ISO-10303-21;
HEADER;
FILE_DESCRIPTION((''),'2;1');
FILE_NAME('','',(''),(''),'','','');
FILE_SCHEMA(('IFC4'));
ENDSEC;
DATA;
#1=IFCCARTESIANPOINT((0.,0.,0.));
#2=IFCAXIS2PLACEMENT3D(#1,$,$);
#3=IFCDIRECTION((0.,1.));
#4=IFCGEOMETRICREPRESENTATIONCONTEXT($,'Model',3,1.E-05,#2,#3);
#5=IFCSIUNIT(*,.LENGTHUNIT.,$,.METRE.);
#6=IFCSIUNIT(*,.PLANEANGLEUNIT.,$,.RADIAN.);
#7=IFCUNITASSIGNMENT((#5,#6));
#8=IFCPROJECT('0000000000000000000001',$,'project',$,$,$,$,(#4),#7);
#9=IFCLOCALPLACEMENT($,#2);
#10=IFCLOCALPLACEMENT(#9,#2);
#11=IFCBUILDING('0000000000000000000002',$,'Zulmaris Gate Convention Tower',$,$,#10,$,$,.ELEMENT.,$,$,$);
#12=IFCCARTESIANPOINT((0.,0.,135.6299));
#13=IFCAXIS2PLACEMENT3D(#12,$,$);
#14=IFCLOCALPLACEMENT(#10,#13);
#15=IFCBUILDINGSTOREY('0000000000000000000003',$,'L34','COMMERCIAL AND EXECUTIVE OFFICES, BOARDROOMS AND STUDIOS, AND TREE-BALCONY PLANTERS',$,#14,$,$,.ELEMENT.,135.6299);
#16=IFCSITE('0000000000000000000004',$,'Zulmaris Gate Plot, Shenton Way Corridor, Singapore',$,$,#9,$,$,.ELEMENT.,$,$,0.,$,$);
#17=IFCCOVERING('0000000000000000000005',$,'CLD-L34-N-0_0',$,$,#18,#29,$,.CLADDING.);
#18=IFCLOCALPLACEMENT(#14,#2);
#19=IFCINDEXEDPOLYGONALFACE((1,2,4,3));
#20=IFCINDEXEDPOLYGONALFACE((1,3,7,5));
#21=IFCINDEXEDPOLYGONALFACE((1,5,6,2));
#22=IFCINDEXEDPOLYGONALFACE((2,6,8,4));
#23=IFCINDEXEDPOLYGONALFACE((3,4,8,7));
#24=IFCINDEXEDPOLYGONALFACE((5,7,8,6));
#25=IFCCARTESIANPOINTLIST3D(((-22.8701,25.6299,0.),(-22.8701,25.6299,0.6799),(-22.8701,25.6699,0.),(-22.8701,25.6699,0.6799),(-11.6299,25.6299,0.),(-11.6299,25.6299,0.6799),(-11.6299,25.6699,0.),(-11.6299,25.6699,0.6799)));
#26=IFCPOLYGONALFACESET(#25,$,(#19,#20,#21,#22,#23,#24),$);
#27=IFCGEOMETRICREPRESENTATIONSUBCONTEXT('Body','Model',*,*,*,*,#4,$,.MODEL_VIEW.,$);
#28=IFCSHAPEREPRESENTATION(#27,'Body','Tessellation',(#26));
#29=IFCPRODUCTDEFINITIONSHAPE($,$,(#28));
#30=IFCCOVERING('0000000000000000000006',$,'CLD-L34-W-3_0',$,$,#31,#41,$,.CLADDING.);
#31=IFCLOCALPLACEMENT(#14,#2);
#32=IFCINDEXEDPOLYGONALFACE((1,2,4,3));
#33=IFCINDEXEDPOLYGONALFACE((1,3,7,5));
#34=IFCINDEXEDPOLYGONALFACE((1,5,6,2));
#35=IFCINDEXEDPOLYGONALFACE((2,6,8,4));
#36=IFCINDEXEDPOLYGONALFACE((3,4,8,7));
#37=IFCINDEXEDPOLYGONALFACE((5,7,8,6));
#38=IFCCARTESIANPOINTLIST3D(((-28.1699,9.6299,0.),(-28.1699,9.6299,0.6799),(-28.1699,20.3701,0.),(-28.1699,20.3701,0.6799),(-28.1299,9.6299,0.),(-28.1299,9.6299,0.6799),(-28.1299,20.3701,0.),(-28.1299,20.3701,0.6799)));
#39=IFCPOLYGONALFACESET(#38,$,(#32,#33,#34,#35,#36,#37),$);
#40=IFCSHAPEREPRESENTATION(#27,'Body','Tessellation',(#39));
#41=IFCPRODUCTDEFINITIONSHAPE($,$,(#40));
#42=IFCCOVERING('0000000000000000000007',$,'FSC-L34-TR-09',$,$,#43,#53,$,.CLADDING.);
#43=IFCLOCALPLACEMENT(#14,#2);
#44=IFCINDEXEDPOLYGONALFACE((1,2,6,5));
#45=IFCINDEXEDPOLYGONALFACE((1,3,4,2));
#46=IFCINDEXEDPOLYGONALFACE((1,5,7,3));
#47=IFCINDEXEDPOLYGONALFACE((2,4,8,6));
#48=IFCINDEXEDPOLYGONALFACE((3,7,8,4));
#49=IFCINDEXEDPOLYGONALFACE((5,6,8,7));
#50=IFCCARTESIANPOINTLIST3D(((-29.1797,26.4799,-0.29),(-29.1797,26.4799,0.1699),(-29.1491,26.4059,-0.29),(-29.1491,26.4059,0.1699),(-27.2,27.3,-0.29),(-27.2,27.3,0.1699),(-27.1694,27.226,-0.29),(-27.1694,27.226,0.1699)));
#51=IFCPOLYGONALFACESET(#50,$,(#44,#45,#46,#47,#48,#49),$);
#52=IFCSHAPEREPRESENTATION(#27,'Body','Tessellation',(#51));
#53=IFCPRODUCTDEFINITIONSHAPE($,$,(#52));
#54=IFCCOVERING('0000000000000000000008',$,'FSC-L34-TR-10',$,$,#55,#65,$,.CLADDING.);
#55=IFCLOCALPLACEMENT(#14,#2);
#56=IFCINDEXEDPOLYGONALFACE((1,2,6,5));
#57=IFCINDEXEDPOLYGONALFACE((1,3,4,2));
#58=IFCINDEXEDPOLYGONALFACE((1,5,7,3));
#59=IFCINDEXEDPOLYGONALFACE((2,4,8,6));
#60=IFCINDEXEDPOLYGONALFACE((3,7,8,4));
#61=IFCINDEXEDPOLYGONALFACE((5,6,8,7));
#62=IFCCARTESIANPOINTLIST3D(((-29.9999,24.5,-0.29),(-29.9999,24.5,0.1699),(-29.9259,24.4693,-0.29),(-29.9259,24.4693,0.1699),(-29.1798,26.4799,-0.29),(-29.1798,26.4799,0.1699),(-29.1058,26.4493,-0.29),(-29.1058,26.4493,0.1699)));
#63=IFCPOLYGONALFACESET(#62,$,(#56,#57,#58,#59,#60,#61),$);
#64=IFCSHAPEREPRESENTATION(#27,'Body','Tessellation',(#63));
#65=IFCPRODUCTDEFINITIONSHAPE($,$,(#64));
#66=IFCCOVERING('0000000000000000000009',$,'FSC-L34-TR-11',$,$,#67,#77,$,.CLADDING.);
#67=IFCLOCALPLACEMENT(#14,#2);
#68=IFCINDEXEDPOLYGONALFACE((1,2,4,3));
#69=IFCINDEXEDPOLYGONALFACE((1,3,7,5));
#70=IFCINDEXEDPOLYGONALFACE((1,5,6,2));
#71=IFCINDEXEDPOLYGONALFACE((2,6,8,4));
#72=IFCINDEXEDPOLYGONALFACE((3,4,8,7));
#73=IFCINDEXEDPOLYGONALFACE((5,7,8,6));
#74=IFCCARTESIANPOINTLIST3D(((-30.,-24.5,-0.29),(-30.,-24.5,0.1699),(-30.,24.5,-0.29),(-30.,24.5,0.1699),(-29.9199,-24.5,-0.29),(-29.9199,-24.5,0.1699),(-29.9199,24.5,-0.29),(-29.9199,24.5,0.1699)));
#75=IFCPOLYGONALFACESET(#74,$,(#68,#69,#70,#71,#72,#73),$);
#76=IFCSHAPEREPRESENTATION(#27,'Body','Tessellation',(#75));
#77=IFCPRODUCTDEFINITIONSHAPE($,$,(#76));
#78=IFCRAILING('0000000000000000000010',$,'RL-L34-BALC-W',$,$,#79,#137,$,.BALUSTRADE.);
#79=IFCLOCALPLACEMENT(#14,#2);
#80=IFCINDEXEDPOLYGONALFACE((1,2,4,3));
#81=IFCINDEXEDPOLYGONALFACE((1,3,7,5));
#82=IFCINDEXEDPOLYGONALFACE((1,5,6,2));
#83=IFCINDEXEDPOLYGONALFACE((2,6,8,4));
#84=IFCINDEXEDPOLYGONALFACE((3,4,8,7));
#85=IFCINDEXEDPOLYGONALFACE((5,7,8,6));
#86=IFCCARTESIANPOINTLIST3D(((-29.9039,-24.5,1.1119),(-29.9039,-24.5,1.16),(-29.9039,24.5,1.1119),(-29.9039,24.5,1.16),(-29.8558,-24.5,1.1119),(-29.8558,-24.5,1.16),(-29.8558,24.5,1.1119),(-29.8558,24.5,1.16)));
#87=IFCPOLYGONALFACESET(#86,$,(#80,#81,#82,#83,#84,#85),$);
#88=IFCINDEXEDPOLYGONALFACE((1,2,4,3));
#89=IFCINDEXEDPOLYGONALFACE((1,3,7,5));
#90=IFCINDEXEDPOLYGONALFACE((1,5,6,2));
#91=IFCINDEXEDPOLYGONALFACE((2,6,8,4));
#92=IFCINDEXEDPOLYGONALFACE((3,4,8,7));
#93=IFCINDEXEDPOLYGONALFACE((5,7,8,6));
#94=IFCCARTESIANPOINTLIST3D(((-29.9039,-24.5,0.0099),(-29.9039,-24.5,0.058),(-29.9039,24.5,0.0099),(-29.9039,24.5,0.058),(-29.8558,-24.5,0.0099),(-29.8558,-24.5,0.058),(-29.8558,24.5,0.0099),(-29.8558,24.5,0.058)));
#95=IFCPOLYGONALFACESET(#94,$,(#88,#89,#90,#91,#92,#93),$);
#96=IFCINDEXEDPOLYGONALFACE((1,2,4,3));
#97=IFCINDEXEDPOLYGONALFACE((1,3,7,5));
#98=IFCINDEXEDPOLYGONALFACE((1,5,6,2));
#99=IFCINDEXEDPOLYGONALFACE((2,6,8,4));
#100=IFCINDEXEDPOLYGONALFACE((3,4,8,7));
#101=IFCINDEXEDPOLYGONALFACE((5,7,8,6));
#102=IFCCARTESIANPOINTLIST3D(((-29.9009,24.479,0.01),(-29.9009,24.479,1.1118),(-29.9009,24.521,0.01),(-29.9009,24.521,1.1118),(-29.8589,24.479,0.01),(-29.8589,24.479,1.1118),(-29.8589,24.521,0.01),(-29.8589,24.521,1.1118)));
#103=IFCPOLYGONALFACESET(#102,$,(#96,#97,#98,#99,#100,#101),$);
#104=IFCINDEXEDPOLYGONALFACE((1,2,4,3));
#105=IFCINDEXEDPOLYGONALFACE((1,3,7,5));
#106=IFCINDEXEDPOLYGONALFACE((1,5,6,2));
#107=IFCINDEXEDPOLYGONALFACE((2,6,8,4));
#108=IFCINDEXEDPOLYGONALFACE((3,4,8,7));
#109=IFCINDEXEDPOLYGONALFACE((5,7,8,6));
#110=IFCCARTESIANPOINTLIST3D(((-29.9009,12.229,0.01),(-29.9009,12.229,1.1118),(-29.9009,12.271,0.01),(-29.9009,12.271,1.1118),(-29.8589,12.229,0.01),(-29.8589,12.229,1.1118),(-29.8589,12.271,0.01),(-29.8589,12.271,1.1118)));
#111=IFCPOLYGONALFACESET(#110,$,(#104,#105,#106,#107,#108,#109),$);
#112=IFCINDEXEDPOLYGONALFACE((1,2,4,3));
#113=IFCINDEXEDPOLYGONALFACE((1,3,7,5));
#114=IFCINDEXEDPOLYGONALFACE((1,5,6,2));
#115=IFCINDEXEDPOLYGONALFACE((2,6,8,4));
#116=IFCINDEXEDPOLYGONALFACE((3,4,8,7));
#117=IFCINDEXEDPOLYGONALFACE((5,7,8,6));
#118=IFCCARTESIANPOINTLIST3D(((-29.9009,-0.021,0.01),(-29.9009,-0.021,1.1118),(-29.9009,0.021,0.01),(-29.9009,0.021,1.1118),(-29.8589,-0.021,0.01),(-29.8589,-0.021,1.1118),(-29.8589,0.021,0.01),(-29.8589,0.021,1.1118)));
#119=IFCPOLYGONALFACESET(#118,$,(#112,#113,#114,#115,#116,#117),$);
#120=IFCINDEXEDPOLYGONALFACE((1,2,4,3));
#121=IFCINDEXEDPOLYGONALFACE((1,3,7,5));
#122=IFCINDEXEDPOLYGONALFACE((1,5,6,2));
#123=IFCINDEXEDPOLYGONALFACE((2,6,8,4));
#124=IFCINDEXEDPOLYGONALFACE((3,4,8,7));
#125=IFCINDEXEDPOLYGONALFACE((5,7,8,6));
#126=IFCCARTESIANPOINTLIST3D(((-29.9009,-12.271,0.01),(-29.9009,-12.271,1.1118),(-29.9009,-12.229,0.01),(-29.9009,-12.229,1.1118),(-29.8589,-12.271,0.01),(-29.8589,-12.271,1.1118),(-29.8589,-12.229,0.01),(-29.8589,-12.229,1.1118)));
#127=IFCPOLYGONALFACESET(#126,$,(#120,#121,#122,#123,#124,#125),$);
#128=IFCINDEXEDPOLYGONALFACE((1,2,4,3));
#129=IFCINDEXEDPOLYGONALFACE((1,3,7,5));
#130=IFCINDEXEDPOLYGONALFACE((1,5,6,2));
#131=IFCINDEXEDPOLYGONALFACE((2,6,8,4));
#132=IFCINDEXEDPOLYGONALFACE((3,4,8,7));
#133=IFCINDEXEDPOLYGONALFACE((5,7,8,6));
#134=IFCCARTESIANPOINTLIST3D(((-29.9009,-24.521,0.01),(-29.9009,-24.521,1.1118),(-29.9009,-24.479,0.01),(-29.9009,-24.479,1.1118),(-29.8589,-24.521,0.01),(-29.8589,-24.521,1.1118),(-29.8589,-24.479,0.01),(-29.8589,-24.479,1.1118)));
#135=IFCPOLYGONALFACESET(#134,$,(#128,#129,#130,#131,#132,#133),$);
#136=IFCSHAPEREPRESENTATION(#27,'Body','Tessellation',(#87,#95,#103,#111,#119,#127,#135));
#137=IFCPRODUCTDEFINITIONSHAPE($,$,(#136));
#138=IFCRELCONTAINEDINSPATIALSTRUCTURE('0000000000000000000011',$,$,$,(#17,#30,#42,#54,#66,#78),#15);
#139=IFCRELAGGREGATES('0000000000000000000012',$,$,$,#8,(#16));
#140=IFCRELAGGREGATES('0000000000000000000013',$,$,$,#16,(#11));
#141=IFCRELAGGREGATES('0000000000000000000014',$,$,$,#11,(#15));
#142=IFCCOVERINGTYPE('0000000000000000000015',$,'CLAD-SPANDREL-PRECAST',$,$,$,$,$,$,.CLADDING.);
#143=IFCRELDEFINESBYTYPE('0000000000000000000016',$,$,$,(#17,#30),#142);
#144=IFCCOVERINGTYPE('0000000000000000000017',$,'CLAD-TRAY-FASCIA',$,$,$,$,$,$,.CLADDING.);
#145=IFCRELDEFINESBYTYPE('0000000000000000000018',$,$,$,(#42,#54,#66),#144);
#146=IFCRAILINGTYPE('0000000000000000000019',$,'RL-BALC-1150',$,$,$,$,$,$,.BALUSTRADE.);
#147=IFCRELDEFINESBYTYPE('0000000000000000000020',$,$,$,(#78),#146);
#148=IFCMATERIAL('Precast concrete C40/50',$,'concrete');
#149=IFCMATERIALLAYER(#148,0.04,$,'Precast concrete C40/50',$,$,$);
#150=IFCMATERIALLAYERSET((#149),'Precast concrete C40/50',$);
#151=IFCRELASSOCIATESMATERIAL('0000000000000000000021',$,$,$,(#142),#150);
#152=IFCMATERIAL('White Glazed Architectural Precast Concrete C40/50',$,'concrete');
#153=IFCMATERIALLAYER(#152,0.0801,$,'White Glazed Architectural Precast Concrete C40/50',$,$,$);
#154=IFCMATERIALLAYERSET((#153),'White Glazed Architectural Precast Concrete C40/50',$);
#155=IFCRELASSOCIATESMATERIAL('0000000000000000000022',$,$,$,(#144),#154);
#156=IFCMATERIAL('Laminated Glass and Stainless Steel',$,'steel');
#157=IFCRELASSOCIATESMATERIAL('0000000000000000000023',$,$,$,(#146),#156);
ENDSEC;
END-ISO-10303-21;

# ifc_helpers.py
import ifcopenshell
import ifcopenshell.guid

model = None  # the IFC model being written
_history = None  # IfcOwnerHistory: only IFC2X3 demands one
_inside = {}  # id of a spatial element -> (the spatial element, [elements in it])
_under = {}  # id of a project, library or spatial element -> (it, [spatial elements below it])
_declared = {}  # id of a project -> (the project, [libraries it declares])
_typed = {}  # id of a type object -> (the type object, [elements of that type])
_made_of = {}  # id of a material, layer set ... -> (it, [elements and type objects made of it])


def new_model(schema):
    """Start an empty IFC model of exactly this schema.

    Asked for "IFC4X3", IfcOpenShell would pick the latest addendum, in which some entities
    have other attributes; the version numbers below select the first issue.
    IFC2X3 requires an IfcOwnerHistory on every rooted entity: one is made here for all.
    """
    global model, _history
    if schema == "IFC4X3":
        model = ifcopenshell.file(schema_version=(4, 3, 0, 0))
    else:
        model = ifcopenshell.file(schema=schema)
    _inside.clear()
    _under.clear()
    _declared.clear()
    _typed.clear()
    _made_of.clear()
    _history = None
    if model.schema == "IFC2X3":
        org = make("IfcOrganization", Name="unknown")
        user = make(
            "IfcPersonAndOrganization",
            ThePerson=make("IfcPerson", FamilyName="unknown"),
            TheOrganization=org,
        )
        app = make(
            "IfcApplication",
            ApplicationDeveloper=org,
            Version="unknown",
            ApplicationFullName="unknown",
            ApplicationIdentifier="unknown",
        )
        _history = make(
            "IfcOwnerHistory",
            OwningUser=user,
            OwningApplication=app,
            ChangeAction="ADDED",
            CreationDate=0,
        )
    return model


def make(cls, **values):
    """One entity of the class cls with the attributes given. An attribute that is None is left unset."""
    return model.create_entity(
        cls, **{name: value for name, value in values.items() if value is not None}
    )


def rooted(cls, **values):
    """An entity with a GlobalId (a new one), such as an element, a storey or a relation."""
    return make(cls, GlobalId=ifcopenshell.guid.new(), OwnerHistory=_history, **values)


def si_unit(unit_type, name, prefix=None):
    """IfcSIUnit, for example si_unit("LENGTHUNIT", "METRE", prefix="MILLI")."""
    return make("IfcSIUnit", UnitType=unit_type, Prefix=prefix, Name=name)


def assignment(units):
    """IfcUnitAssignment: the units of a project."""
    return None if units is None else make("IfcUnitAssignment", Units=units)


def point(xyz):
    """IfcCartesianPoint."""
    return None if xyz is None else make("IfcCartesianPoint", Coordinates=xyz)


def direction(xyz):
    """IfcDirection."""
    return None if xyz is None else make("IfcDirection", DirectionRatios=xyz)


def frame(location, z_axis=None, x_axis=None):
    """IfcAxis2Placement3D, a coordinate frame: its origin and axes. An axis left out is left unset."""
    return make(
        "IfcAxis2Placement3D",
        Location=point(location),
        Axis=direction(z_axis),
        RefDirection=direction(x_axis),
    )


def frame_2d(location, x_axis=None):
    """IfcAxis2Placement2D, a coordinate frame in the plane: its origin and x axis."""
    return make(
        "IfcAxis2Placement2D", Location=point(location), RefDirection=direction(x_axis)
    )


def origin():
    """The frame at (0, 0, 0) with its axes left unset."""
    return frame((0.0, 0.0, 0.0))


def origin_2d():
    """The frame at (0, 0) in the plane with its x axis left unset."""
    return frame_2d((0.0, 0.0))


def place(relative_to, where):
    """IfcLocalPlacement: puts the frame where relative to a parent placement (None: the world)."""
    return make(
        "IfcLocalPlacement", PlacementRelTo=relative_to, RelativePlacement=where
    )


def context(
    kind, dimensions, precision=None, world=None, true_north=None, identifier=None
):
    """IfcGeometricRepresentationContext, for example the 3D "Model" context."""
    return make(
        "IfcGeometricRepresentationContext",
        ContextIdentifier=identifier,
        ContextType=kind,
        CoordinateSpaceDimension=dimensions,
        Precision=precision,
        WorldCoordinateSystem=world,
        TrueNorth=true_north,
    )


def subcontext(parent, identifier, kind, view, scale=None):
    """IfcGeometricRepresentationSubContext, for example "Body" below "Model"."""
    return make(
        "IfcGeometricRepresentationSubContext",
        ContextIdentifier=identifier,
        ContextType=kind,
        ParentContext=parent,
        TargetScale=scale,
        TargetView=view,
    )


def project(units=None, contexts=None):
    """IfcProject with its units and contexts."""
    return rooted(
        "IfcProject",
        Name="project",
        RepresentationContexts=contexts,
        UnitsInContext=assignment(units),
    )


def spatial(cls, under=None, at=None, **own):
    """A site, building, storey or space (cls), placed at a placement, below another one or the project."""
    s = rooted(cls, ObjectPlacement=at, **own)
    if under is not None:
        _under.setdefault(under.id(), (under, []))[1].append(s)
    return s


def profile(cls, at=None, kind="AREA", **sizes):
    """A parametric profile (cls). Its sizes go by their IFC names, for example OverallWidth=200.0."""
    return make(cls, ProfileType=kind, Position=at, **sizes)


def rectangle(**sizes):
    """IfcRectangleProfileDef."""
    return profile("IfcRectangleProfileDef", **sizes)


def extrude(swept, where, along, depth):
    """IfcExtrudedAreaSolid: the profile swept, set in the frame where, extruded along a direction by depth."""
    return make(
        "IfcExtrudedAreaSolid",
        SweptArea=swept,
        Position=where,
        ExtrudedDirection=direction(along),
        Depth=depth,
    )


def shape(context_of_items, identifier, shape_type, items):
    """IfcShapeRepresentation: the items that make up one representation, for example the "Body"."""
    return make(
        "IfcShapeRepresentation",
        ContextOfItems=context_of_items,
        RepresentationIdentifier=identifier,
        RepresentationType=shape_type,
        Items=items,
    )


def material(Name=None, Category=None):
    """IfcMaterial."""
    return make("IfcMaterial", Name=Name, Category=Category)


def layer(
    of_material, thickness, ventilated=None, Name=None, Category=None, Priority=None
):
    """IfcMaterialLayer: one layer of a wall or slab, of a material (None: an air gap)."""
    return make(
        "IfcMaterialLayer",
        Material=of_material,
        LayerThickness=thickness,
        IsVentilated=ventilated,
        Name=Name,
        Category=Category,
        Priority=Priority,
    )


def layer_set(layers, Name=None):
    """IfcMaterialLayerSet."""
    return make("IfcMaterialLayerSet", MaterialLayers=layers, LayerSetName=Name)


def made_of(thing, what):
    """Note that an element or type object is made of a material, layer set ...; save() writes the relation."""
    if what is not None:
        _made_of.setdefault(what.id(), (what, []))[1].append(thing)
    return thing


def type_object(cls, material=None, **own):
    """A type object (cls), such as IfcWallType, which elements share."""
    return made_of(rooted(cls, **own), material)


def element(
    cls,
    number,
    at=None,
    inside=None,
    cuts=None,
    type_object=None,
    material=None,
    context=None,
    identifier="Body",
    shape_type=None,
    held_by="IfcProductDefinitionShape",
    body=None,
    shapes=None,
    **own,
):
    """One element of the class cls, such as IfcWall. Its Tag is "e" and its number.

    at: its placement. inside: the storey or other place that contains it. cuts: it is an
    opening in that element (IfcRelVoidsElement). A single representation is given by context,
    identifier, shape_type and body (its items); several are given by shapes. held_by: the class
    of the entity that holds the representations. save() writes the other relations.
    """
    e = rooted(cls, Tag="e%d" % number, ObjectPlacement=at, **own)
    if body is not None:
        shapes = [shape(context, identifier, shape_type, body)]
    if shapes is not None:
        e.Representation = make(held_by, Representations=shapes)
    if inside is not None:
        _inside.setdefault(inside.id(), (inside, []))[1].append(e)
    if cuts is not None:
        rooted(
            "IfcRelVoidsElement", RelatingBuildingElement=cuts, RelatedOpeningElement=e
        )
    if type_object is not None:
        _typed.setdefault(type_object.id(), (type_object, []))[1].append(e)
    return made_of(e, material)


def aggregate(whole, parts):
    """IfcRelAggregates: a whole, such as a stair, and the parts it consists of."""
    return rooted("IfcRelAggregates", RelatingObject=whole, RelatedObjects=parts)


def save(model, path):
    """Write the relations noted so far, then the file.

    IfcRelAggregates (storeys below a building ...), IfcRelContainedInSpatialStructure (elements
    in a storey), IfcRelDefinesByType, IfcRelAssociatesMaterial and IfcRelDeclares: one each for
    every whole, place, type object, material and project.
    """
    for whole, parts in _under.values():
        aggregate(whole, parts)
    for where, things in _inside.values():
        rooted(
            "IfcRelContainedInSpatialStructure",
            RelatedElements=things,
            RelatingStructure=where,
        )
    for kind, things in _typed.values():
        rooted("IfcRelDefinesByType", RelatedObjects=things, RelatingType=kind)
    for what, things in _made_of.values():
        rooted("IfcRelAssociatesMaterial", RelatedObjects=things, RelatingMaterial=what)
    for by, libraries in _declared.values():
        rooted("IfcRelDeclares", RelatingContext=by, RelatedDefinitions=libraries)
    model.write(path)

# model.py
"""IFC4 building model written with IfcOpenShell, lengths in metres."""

from ifc_helpers import new_model, si_unit, direction, frame, frame_2d, origin, origin_2d, place, context, subcontext, project, spatial, rectangle, extrude, material, layer, layer_set, type_object, element, save


model = new_model("IFC4")

# Units and contexts
model_context = context("Model", 3, precision=1e-05, world=origin(), true_north=direction((0.0, 1.0)))
body_context = subcontext(model_context, "Body", "Model", "MODEL_VIEW")
ifc_project = project(units=[si_unit("LENGTHUNIT", "METRE"), si_unit("PLANEANGLEUNIT", "RADIAN")], contexts=[model_context])

# Site, building, storey
site_placement = place(None, origin())
site = spatial("IfcSite", under=ifc_project, at=site_placement, Name="Zulmaris Gate Plot, Shenton Way Corridor, Singapore", CompositionType="ELEMENT", RefElevation=0.0)
building_placement = place(site_placement, origin())
building = spatial("IfcBuilding", under=site, at=building_placement, Name="Zulmaris Gate Convention Tower", CompositionType="ELEMENT")
storey_placement = place(building_placement, frame((0.0, 0.0, 135.6299)))
storey = spatial("IfcBuildingStorey", under=building, at=storey_placement, Name="L34", Description="COMMERCIAL AND EXECUTIVE OFFICES, BOARDROOMS AND STUDIOS, AND TREE-BALCONY PLANTERS", CompositionType="ELEMENT", Elevation=135.6299)

# Shared definitions
ifc_material_1 = material(Name="Precast concrete C40/50", Category="concrete")

# Coverings
ifc_layer_1 = layer(ifc_material_1, 0.04, Name="Precast concrete C40/50")
ifc_layer_set_1 = layer_set([ifc_layer_1], Name="Precast concrete C40/50")
covering_type_1 = type_object("IfcCoveringType", Name="CLAD-SPANDREL-PRECAST", PredefinedType="CLADDING", material=ifc_layer_set_1)
covering_1_placement = place(storey_placement, frame((-11.6299, 25.6499, 0.0), z_axis=(0.0, 0.0, 1.0), x_axis=(-1.0, 0.0, 0.0)))
element("IfcCovering", 1, at=covering_1_placement, inside=storey, type_object=covering_type_1, Name="CLD-L34-N-0_0", PredefinedType="CLADDING", context=body_context, shape_type="SweptSolid", body=[
    extrude(rectangle(XDim=11.2402, YDim=0.04, at=frame_2d((5.6201, 0.0))), origin(), (0.0, 0.0, 1.0), 0.6799),
])
covering_2_placement = place(storey_placement, frame((-28.1499, 20.3701, 0.0), z_axis=(0.0, 0.0, 1.0), x_axis=(0.0, -1.0, 0.0)))
element("IfcCovering", 2, at=covering_2_placement, inside=storey, type_object=covering_type_1, Name="CLD-L34-W-3_0", PredefinedType="CLADDING", context=body_context, shape_type="SweptSolid", body=[
    extrude(rectangle(XDim=10.7402, YDim=0.04, at=frame_2d((5.3701, 0.0))), origin(), (0.0, 0.0, 1.0), 0.6799),
])
ifc_material_2 = material(Name="White Glazed Architectural Precast Concrete C40/50", Category="concrete")
ifc_layer_2 = layer(ifc_material_2, 0.0801, Name="White Glazed Architectural Precast Concrete C40/50")
ifc_layer_set_2 = layer_set([ifc_layer_2], Name="White Glazed Architectural Precast Concrete C40/50")
covering_type_2 = type_object("IfcCoveringType", Name="CLAD-TRAY-FASCIA", PredefinedType="CLADDING", material=ifc_layer_set_2)
covering_3_placement = place(storey_placement, frame((-27.1848, 27.2629, -0.29), z_axis=(0.0, 0.0, 1.0), x_axis=(-0.923874, -0.382697, 0.0)))
element("IfcCovering", 3, at=covering_3_placement, inside=storey, type_object=covering_type_2, Name="FSC-L34-TR-09", PredefinedType="CLADDING", context=body_context, shape_type="SweptSolid", body=[
    extrude(rectangle(XDim=2.1428, YDim=0.0801, at=frame_2d((1.0713, 0.0))), origin(), (0.0, 0.0, 1.0), 0.46),
])
covering_4_placement = place(storey_placement, frame((-29.1428, 26.4646, -0.29), z_axis=(0.0, 0.0, 1.0), x_axis=(-0.382657, -0.92389, 0.0)))
element("IfcCovering", 4, at=covering_4_placement, inside=storey, type_object=covering_type_2, Name="FSC-L34-TR-10", PredefinedType="CLADDING", context=body_context, shape_type="SweptSolid", body=[
    extrude(rectangle(XDim=2.1431, YDim=0.0801, at=frame_2d((1.0715, 0.0))), origin(), (0.0, 0.0, 1.0), 0.46),
])
covering_5_placement = place(storey_placement, frame((-29.96, 24.5, -0.29), z_axis=(0.0, 0.0, 1.0), x_axis=(0.0, -1.0, 0.0)))
element("IfcCovering", 5, at=covering_5_placement, inside=storey, type_object=covering_type_2, Name="FSC-L34-TR-11", PredefinedType="CLADDING", context=body_context, shape_type="SweptSolid", body=[
    extrude(rectangle(XDim=49.0, YDim=0.0801, at=frame_2d((24.5, 0.0))), origin(), (0.0, 0.0, 1.0), 0.46),
])

# Railing
ifc_material_3 = material(Name="Laminated Glass and Stainless Steel", Category="steel")
railing_type = type_object("IfcRailingType", Name="RL-BALC-1150", PredefinedType="BALUSTRADE", material=ifc_material_3)
railing_placement = place(storey_placement, frame((-29.8799, 24.5, 0.01)))
element("IfcRailing", 6, at=railing_placement, inside=storey, type_object=railing_type, Name="RL-L34-BALC-W", PredefinedType="BALUSTRADE", context=body_context, shape_type="SweptSolid", body=[
    extrude(rectangle(XDim=0.0481, YDim=0.0481, at=origin_2d()), frame((0.0, 0.0, 1.126), z_axis=(0.0, -1.0, 0.0), x_axis=(1.0, 0.0, 0.0)), (0.0, 0.0, 1.0), 49.0),
    extrude(rectangle(XDim=0.0481, YDim=0.0481, at=origin_2d()), frame((0.0, 0.0, 0.0239), z_axis=(0.0, -1.0, 0.0), x_axis=(1.0, 0.0, 0.0)), (0.0, 0.0, 1.0), 49.0),
    extrude(rectangle(XDim=0.042, YDim=0.042, at=origin_2d()), origin(), (0.0, 0.0, 1.0), 1.1018),
    extrude(rectangle(XDim=0.042, YDim=0.042, at=origin_2d()), frame((0.0, -12.25, 0.0)), (0.0, 0.0, 1.0), 1.1018),
    extrude(rectangle(XDim=0.042, YDim=0.042, at=origin_2d()), frame((0.0, -24.5, 0.0)), (0.0, 0.0, 1.0), 1.1018),
    extrude(rectangle(XDim=0.042, YDim=0.042, at=origin_2d()), frame((0.0, -36.75, 0.0)), (0.0, 0.0, 1.0), 1.1018),
    extrude(rectangle(XDim=0.042, YDim=0.042, at=origin_2d()), frame((0.0, -49.0, 0.0)), (0.0, 0.0, 1.0), 1.1018),
])

save(model, "model.ifc")
